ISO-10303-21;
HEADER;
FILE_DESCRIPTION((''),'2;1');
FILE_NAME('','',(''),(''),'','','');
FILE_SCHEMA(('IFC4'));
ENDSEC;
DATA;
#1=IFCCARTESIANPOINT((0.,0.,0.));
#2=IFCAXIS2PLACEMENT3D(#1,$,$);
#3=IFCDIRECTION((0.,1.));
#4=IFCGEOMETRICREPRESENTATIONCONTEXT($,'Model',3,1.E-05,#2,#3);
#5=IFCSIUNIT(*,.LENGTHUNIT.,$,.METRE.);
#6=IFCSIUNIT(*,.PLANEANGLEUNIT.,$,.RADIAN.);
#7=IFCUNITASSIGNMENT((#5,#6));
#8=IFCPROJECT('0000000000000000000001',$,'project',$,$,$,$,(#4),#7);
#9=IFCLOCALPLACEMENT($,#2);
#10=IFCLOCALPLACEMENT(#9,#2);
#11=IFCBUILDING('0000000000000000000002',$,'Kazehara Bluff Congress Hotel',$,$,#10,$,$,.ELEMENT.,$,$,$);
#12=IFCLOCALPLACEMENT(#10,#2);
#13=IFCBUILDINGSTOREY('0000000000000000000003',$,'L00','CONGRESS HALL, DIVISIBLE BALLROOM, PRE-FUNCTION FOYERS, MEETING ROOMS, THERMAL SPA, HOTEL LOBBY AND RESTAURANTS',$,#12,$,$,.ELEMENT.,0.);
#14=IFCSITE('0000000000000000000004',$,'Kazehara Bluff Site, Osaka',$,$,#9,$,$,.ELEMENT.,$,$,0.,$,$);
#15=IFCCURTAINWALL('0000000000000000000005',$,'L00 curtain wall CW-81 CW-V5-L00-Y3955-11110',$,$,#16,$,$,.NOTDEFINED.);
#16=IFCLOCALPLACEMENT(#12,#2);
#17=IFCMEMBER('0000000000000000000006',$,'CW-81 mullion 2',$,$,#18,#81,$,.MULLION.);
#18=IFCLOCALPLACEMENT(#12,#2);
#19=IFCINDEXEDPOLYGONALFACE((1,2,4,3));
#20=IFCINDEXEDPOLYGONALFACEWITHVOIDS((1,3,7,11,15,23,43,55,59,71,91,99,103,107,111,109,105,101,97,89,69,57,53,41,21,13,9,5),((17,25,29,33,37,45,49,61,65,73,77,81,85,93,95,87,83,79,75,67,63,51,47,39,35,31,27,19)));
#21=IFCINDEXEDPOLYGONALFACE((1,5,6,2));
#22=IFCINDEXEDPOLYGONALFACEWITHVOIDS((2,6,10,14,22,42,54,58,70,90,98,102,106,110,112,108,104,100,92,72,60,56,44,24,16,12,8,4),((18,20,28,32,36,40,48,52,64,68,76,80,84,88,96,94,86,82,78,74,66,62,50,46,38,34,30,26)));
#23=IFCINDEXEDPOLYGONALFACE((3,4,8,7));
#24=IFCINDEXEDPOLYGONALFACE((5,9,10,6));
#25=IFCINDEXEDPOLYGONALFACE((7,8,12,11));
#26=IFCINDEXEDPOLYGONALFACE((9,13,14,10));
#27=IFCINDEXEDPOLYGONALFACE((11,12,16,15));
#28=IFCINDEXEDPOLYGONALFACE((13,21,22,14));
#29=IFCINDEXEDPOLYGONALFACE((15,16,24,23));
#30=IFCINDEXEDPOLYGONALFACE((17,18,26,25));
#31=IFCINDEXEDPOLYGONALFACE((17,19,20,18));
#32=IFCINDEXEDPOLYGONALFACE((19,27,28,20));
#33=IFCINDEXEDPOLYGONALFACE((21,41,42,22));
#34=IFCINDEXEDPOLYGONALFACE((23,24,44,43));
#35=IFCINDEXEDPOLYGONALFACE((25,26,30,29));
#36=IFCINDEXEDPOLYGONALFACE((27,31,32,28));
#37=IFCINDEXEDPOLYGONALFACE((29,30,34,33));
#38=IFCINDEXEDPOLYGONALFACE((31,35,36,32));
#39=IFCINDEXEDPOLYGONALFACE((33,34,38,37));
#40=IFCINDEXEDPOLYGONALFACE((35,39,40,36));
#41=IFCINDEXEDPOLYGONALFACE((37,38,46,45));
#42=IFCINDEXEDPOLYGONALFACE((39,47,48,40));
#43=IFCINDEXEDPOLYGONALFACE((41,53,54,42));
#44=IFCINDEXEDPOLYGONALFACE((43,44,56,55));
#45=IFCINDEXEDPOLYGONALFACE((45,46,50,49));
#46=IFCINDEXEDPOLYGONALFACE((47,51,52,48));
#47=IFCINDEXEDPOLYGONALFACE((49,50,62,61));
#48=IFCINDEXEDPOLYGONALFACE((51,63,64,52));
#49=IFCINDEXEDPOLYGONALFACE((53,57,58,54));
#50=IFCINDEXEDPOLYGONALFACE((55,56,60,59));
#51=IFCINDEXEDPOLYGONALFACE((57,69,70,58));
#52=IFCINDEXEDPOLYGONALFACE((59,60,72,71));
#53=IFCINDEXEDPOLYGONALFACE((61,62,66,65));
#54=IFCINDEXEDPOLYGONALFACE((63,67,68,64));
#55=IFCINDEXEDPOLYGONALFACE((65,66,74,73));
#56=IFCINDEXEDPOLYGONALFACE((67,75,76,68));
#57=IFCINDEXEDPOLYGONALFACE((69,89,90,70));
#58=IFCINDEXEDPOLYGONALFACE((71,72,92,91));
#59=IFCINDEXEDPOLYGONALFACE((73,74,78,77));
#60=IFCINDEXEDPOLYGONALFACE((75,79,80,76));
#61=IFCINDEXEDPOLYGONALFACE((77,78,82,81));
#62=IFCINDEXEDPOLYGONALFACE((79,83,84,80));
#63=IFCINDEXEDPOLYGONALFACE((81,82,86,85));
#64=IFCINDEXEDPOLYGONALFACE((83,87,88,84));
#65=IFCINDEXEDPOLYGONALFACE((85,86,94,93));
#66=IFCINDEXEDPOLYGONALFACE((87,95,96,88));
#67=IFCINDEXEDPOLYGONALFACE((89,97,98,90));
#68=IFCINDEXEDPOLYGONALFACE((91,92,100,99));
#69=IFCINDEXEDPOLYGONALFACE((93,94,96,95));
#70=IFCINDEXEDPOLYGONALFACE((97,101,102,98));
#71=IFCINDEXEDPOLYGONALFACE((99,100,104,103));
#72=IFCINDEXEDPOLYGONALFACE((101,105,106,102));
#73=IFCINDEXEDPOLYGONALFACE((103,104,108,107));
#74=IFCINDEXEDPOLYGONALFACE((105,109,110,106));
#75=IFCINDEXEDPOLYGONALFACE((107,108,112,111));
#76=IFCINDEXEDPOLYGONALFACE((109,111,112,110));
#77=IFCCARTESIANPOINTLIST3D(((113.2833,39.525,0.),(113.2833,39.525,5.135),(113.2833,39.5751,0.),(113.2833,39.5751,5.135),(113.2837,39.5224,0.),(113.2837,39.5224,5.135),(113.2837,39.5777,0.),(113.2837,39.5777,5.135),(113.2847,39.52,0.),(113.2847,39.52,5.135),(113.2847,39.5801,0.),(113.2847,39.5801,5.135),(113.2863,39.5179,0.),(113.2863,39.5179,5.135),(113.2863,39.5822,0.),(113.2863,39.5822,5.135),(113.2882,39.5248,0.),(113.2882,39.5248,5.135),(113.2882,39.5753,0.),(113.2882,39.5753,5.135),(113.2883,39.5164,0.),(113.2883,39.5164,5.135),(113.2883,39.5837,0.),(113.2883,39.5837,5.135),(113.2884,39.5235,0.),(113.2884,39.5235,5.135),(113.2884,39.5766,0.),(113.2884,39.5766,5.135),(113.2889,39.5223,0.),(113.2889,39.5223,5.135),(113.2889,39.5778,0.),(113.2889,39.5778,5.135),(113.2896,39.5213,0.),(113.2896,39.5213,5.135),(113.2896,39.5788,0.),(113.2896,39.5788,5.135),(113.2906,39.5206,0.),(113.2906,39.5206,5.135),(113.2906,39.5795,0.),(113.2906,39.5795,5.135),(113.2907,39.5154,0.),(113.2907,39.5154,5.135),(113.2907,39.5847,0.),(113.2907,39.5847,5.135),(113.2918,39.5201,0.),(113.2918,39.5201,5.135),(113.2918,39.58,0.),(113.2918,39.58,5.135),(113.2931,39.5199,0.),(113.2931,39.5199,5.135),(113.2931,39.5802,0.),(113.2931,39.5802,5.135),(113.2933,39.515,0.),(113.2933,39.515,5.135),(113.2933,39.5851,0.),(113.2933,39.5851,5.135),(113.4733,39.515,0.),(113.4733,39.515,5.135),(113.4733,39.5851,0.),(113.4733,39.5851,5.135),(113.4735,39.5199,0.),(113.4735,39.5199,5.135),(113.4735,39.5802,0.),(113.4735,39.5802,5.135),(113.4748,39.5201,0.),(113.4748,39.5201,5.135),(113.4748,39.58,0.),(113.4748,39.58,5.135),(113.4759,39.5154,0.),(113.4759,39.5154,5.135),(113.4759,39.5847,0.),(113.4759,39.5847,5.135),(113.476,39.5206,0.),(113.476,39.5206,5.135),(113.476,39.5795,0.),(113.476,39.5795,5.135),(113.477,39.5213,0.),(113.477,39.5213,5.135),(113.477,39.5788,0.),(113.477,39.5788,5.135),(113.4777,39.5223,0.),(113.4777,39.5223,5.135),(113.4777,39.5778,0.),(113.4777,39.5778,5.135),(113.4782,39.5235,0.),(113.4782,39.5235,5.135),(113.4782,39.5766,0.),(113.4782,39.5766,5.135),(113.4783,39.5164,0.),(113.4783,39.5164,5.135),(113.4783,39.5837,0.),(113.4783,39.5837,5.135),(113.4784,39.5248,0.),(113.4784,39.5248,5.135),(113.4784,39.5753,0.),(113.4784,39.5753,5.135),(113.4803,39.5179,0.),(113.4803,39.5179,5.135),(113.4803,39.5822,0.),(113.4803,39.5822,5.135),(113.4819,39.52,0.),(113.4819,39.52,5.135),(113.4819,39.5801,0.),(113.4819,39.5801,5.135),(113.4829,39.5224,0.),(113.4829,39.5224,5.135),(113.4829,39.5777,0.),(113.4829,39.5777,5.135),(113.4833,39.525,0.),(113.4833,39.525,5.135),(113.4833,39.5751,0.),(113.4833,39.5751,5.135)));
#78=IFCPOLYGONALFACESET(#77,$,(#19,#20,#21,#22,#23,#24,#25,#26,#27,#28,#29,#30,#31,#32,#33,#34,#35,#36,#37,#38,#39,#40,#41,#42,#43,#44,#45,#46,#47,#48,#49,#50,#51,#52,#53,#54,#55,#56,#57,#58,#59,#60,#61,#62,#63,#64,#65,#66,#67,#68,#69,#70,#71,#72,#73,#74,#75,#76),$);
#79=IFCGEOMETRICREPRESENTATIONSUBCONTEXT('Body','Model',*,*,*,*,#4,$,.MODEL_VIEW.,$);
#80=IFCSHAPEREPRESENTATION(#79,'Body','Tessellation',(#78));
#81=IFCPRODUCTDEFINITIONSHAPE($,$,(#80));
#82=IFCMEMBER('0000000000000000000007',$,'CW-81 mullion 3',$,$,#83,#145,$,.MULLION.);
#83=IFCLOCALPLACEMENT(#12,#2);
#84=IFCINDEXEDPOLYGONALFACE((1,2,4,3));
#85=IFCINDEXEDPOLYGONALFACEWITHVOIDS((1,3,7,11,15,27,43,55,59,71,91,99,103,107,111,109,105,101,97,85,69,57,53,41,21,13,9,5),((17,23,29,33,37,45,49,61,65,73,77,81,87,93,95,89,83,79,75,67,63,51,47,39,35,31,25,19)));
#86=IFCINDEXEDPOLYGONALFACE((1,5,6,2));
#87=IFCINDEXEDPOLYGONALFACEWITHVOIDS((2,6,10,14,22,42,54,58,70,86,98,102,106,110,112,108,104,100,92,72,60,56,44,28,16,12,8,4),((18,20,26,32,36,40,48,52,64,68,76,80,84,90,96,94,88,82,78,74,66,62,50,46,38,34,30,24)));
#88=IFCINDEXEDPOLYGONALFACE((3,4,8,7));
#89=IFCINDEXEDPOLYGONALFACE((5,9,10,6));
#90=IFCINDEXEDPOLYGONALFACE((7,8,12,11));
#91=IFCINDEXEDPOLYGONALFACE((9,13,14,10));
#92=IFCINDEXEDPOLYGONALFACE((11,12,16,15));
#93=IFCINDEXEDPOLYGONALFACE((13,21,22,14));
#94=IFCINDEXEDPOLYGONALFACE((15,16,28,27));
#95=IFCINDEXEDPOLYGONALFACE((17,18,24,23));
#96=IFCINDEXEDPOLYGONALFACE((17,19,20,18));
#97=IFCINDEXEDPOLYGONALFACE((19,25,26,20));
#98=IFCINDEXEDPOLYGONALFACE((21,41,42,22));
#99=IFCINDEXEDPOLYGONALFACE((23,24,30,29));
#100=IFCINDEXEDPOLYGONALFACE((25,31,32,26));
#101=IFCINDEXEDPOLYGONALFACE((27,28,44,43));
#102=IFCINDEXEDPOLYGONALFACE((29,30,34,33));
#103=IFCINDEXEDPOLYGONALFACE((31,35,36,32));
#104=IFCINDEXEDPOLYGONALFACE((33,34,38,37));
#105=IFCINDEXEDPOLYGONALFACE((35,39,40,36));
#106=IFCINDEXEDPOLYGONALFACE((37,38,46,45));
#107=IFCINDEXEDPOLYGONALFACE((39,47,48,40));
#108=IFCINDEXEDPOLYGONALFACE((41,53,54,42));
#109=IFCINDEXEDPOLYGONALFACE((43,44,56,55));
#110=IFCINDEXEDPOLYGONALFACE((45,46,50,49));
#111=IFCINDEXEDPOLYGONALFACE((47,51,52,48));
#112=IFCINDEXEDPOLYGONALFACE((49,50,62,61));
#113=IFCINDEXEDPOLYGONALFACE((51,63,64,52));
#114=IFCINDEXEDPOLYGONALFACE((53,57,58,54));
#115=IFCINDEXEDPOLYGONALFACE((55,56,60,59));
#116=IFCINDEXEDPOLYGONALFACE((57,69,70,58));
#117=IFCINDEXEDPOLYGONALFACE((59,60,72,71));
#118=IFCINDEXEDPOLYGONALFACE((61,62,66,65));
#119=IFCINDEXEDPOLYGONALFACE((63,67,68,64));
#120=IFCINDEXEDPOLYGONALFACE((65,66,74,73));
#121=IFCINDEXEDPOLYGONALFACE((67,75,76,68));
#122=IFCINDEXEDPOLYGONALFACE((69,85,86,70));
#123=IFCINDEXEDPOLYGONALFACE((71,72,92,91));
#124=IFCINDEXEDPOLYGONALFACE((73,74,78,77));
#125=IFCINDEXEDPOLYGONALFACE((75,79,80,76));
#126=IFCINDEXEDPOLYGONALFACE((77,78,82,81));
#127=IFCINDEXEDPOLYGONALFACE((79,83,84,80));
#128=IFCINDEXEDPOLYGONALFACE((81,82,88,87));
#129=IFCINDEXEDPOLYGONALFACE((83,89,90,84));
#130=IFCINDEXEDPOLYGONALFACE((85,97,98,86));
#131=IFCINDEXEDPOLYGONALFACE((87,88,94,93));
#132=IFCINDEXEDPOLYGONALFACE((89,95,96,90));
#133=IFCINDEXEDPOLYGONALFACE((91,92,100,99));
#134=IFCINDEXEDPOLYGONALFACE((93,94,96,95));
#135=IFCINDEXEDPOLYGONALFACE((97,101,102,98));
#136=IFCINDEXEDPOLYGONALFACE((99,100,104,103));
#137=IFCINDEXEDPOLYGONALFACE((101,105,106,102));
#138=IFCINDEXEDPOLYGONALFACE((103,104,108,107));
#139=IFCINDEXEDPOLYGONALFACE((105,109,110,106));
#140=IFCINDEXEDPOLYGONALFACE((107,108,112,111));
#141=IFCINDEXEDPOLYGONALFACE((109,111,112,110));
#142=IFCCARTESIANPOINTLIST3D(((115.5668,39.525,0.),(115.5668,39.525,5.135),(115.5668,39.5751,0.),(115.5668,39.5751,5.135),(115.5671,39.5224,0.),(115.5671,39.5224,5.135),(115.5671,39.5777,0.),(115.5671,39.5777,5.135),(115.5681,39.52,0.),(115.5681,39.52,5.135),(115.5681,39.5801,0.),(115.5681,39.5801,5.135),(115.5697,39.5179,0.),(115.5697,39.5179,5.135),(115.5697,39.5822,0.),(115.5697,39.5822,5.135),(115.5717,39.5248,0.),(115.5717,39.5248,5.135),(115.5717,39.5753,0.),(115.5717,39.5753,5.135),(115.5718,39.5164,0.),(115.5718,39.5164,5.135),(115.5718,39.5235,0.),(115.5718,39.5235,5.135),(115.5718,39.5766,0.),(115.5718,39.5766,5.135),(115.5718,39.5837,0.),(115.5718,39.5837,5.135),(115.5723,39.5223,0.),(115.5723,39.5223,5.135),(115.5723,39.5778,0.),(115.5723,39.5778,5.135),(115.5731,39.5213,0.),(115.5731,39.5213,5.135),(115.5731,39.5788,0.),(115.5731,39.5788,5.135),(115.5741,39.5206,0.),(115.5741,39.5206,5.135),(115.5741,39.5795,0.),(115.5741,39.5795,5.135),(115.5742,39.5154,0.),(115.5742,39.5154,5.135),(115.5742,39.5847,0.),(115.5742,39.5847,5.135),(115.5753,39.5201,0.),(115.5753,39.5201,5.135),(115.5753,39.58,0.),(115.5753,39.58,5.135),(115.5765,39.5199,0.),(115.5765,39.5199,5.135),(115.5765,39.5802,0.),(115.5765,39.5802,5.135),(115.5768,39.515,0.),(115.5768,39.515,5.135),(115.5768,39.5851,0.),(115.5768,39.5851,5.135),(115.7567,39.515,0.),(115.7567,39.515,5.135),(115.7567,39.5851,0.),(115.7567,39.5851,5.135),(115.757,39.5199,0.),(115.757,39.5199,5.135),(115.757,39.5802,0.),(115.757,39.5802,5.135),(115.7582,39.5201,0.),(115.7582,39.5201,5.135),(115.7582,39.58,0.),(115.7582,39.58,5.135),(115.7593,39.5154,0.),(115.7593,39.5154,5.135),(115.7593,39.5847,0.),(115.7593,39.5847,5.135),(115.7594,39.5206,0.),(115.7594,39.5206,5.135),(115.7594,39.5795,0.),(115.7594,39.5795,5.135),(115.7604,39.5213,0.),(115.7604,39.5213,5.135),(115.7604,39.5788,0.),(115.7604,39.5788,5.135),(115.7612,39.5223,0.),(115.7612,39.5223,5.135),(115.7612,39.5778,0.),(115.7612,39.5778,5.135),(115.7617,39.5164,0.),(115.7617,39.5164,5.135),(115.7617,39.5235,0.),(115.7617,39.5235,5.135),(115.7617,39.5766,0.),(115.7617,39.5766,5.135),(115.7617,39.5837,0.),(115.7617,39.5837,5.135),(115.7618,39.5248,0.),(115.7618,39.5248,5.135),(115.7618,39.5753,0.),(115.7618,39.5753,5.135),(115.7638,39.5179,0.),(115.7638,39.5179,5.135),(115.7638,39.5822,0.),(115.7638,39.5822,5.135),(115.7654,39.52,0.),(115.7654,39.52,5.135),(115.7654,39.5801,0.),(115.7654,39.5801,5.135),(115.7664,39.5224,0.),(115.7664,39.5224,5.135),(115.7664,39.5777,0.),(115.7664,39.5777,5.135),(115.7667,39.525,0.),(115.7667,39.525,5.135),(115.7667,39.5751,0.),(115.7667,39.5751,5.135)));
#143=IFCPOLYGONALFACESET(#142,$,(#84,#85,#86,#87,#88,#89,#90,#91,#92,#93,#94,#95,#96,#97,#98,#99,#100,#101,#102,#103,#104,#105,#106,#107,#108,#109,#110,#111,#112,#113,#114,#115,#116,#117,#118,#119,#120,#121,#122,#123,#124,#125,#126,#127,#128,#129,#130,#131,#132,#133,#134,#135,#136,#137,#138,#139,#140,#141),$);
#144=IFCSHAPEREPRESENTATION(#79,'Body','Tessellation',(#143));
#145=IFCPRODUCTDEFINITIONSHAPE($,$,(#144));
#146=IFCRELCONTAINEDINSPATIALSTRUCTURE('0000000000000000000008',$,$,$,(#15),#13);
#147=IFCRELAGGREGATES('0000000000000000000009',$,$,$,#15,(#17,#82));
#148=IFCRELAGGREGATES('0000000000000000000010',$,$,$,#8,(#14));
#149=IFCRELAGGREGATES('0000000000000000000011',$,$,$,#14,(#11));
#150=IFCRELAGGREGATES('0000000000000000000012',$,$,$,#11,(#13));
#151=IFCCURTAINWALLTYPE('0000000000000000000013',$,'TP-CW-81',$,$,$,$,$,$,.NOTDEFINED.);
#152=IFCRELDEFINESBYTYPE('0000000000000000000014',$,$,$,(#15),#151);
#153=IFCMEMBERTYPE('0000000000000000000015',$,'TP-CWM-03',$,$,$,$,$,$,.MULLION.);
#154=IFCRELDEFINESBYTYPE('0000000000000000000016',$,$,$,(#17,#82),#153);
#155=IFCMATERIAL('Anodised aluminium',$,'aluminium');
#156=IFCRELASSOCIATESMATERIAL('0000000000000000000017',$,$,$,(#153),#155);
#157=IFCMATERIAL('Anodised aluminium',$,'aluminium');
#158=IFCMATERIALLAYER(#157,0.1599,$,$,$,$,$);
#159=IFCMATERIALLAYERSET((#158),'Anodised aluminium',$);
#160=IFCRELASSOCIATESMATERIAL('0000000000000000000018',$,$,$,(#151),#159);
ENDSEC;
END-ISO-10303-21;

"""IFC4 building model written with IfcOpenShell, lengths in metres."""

from ifc_helpers import new_model, si_unit, direction, frame, origin, origin_2d, place, context, subcontext, project, spatial, hollow_rectangle, extrude, material, layer, layer_set, material_profile, profile_set, type_object, element, aggregate, save


model = new_model("IFC4")

# Units and contexts
model_context = context("Model", 3, precision=1e-05, world=origin(), true_north=direction((0.0, 1.0)))
body_context = subcontext(model_context, "Body", "Model", "MODEL_VIEW")
ifc_project = project(units=[si_unit("LENGTHUNIT", "METRE"), si_unit("PLANEANGLEUNIT", "RADIAN")], contexts=[model_context])

# Site, building, storey
site_placement = place(None, origin())
site = spatial("IfcSite", under=ifc_project, at=site_placement, Name="Kazehara Bluff Site, Osaka", CompositionType="ELEMENT", RefElevation=0.0)
building_placement = place(site_placement, origin())
building = spatial("IfcBuilding", under=site, at=building_placement, Name="Kazehara Bluff Congress Hotel", CompositionType="ELEMENT")
storey_placement = place(building_placement, origin())
storey = spatial("IfcBuildingStorey", under=building, at=storey_placement, Name="L00", Description="CONGRESS HALL, DIVISIBLE BALLROOM, PRE-FUNCTION FOYERS, MEETING ROOMS, THERMAL SPA, HOTEL LOBBY AND RESTAURANTS", CompositionType="ELEMENT", Elevation=0.0)

# Shared definitions
ifc_material_1 = material(Name="Anodised aluminium", Category="aluminium")
ifc_material_profile_1 = material_profile(ifc_material_1, hollow_rectangle(XDim=0.0701, YDim=0.2, WallThickness=0.0049, InnerFilletRadius=0.0049, OuterFilletRadius=0.01, at=origin_2d()))
ifc_profile_set_1 = profile_set([ifc_material_profile_1], Name="Anodised aluminium")
member_type_1 = type_object("IfcMemberType", Name="TP-CWM-03", PredefinedType="MULLION", material=ifc_profile_set_1)

# Curtain wall, members
ifc_material_2 = material(Name="Anodised aluminium", Category="aluminium")
ifc_layer_1 = layer(ifc_material_2, 0.1599)
ifc_layer_set_1 = layer_set([ifc_layer_1], Name="Anodised aluminium")
curtain_wall_type_1 = type_object("IfcCurtainWallType", Name="TP-CW-81", PredefinedType="NOTDEFINED", material=ifc_layer_set_1)
curtain_wall_1_placement = place(storey_placement, origin())
curtain_wall_1 = element("IfcCurtainWall", 1, at=curtain_wall_1_placement, inside=storey, type_object=curtain_wall_type_1, Name="L00 curtain wall CW-81 CW-V5-L00-Y3955-11110", PredefinedType="NOTDEFINED")
member_1_placement = place(storey_placement, frame((113.3833, 39.55, 0.0), z_axis=(0.0, 0.0, 1.0), x_axis=(0.0, 1.0, 0.0)))
member_1 = element("IfcMember", 2, at=member_1_placement, type_object=member_type_1, Name="CW-81 mullion 2", PredefinedType="MULLION", context=body_context, shape_type="SweptSolid", body=[
    extrude(hollow_rectangle(XDim=0.0701, YDim=0.2, WallThickness=0.0049, InnerFilletRadius=0.0049, OuterFilletRadius=0.01, at=origin_2d()), origin(), (0.0, 0.0, 1.0), 5.135),
])
member_2_placement = place(storey_placement, frame((115.6667, 39.55, 0.0), z_axis=(0.0, 0.0, 1.0), x_axis=(0.0, 1.0, 0.0)))
member_2 = element("IfcMember", 3, at=member_2_placement, type_object=member_type_1, Name="CW-81 mullion 3", PredefinedType="MULLION", context=body_context, shape_type="SweptSolid", body=[
    extrude(hollow_rectangle(XDim=0.0701, YDim=0.2, WallThickness=0.0049, InnerFilletRadius=0.0049, OuterFilletRadius=0.01, at=origin_2d()), origin(), (0.0, 0.0, 1.0), 5.135),
])

aggregate(curtain_wall_1, [member_1, member_2])

save(model, "model.ifc")
